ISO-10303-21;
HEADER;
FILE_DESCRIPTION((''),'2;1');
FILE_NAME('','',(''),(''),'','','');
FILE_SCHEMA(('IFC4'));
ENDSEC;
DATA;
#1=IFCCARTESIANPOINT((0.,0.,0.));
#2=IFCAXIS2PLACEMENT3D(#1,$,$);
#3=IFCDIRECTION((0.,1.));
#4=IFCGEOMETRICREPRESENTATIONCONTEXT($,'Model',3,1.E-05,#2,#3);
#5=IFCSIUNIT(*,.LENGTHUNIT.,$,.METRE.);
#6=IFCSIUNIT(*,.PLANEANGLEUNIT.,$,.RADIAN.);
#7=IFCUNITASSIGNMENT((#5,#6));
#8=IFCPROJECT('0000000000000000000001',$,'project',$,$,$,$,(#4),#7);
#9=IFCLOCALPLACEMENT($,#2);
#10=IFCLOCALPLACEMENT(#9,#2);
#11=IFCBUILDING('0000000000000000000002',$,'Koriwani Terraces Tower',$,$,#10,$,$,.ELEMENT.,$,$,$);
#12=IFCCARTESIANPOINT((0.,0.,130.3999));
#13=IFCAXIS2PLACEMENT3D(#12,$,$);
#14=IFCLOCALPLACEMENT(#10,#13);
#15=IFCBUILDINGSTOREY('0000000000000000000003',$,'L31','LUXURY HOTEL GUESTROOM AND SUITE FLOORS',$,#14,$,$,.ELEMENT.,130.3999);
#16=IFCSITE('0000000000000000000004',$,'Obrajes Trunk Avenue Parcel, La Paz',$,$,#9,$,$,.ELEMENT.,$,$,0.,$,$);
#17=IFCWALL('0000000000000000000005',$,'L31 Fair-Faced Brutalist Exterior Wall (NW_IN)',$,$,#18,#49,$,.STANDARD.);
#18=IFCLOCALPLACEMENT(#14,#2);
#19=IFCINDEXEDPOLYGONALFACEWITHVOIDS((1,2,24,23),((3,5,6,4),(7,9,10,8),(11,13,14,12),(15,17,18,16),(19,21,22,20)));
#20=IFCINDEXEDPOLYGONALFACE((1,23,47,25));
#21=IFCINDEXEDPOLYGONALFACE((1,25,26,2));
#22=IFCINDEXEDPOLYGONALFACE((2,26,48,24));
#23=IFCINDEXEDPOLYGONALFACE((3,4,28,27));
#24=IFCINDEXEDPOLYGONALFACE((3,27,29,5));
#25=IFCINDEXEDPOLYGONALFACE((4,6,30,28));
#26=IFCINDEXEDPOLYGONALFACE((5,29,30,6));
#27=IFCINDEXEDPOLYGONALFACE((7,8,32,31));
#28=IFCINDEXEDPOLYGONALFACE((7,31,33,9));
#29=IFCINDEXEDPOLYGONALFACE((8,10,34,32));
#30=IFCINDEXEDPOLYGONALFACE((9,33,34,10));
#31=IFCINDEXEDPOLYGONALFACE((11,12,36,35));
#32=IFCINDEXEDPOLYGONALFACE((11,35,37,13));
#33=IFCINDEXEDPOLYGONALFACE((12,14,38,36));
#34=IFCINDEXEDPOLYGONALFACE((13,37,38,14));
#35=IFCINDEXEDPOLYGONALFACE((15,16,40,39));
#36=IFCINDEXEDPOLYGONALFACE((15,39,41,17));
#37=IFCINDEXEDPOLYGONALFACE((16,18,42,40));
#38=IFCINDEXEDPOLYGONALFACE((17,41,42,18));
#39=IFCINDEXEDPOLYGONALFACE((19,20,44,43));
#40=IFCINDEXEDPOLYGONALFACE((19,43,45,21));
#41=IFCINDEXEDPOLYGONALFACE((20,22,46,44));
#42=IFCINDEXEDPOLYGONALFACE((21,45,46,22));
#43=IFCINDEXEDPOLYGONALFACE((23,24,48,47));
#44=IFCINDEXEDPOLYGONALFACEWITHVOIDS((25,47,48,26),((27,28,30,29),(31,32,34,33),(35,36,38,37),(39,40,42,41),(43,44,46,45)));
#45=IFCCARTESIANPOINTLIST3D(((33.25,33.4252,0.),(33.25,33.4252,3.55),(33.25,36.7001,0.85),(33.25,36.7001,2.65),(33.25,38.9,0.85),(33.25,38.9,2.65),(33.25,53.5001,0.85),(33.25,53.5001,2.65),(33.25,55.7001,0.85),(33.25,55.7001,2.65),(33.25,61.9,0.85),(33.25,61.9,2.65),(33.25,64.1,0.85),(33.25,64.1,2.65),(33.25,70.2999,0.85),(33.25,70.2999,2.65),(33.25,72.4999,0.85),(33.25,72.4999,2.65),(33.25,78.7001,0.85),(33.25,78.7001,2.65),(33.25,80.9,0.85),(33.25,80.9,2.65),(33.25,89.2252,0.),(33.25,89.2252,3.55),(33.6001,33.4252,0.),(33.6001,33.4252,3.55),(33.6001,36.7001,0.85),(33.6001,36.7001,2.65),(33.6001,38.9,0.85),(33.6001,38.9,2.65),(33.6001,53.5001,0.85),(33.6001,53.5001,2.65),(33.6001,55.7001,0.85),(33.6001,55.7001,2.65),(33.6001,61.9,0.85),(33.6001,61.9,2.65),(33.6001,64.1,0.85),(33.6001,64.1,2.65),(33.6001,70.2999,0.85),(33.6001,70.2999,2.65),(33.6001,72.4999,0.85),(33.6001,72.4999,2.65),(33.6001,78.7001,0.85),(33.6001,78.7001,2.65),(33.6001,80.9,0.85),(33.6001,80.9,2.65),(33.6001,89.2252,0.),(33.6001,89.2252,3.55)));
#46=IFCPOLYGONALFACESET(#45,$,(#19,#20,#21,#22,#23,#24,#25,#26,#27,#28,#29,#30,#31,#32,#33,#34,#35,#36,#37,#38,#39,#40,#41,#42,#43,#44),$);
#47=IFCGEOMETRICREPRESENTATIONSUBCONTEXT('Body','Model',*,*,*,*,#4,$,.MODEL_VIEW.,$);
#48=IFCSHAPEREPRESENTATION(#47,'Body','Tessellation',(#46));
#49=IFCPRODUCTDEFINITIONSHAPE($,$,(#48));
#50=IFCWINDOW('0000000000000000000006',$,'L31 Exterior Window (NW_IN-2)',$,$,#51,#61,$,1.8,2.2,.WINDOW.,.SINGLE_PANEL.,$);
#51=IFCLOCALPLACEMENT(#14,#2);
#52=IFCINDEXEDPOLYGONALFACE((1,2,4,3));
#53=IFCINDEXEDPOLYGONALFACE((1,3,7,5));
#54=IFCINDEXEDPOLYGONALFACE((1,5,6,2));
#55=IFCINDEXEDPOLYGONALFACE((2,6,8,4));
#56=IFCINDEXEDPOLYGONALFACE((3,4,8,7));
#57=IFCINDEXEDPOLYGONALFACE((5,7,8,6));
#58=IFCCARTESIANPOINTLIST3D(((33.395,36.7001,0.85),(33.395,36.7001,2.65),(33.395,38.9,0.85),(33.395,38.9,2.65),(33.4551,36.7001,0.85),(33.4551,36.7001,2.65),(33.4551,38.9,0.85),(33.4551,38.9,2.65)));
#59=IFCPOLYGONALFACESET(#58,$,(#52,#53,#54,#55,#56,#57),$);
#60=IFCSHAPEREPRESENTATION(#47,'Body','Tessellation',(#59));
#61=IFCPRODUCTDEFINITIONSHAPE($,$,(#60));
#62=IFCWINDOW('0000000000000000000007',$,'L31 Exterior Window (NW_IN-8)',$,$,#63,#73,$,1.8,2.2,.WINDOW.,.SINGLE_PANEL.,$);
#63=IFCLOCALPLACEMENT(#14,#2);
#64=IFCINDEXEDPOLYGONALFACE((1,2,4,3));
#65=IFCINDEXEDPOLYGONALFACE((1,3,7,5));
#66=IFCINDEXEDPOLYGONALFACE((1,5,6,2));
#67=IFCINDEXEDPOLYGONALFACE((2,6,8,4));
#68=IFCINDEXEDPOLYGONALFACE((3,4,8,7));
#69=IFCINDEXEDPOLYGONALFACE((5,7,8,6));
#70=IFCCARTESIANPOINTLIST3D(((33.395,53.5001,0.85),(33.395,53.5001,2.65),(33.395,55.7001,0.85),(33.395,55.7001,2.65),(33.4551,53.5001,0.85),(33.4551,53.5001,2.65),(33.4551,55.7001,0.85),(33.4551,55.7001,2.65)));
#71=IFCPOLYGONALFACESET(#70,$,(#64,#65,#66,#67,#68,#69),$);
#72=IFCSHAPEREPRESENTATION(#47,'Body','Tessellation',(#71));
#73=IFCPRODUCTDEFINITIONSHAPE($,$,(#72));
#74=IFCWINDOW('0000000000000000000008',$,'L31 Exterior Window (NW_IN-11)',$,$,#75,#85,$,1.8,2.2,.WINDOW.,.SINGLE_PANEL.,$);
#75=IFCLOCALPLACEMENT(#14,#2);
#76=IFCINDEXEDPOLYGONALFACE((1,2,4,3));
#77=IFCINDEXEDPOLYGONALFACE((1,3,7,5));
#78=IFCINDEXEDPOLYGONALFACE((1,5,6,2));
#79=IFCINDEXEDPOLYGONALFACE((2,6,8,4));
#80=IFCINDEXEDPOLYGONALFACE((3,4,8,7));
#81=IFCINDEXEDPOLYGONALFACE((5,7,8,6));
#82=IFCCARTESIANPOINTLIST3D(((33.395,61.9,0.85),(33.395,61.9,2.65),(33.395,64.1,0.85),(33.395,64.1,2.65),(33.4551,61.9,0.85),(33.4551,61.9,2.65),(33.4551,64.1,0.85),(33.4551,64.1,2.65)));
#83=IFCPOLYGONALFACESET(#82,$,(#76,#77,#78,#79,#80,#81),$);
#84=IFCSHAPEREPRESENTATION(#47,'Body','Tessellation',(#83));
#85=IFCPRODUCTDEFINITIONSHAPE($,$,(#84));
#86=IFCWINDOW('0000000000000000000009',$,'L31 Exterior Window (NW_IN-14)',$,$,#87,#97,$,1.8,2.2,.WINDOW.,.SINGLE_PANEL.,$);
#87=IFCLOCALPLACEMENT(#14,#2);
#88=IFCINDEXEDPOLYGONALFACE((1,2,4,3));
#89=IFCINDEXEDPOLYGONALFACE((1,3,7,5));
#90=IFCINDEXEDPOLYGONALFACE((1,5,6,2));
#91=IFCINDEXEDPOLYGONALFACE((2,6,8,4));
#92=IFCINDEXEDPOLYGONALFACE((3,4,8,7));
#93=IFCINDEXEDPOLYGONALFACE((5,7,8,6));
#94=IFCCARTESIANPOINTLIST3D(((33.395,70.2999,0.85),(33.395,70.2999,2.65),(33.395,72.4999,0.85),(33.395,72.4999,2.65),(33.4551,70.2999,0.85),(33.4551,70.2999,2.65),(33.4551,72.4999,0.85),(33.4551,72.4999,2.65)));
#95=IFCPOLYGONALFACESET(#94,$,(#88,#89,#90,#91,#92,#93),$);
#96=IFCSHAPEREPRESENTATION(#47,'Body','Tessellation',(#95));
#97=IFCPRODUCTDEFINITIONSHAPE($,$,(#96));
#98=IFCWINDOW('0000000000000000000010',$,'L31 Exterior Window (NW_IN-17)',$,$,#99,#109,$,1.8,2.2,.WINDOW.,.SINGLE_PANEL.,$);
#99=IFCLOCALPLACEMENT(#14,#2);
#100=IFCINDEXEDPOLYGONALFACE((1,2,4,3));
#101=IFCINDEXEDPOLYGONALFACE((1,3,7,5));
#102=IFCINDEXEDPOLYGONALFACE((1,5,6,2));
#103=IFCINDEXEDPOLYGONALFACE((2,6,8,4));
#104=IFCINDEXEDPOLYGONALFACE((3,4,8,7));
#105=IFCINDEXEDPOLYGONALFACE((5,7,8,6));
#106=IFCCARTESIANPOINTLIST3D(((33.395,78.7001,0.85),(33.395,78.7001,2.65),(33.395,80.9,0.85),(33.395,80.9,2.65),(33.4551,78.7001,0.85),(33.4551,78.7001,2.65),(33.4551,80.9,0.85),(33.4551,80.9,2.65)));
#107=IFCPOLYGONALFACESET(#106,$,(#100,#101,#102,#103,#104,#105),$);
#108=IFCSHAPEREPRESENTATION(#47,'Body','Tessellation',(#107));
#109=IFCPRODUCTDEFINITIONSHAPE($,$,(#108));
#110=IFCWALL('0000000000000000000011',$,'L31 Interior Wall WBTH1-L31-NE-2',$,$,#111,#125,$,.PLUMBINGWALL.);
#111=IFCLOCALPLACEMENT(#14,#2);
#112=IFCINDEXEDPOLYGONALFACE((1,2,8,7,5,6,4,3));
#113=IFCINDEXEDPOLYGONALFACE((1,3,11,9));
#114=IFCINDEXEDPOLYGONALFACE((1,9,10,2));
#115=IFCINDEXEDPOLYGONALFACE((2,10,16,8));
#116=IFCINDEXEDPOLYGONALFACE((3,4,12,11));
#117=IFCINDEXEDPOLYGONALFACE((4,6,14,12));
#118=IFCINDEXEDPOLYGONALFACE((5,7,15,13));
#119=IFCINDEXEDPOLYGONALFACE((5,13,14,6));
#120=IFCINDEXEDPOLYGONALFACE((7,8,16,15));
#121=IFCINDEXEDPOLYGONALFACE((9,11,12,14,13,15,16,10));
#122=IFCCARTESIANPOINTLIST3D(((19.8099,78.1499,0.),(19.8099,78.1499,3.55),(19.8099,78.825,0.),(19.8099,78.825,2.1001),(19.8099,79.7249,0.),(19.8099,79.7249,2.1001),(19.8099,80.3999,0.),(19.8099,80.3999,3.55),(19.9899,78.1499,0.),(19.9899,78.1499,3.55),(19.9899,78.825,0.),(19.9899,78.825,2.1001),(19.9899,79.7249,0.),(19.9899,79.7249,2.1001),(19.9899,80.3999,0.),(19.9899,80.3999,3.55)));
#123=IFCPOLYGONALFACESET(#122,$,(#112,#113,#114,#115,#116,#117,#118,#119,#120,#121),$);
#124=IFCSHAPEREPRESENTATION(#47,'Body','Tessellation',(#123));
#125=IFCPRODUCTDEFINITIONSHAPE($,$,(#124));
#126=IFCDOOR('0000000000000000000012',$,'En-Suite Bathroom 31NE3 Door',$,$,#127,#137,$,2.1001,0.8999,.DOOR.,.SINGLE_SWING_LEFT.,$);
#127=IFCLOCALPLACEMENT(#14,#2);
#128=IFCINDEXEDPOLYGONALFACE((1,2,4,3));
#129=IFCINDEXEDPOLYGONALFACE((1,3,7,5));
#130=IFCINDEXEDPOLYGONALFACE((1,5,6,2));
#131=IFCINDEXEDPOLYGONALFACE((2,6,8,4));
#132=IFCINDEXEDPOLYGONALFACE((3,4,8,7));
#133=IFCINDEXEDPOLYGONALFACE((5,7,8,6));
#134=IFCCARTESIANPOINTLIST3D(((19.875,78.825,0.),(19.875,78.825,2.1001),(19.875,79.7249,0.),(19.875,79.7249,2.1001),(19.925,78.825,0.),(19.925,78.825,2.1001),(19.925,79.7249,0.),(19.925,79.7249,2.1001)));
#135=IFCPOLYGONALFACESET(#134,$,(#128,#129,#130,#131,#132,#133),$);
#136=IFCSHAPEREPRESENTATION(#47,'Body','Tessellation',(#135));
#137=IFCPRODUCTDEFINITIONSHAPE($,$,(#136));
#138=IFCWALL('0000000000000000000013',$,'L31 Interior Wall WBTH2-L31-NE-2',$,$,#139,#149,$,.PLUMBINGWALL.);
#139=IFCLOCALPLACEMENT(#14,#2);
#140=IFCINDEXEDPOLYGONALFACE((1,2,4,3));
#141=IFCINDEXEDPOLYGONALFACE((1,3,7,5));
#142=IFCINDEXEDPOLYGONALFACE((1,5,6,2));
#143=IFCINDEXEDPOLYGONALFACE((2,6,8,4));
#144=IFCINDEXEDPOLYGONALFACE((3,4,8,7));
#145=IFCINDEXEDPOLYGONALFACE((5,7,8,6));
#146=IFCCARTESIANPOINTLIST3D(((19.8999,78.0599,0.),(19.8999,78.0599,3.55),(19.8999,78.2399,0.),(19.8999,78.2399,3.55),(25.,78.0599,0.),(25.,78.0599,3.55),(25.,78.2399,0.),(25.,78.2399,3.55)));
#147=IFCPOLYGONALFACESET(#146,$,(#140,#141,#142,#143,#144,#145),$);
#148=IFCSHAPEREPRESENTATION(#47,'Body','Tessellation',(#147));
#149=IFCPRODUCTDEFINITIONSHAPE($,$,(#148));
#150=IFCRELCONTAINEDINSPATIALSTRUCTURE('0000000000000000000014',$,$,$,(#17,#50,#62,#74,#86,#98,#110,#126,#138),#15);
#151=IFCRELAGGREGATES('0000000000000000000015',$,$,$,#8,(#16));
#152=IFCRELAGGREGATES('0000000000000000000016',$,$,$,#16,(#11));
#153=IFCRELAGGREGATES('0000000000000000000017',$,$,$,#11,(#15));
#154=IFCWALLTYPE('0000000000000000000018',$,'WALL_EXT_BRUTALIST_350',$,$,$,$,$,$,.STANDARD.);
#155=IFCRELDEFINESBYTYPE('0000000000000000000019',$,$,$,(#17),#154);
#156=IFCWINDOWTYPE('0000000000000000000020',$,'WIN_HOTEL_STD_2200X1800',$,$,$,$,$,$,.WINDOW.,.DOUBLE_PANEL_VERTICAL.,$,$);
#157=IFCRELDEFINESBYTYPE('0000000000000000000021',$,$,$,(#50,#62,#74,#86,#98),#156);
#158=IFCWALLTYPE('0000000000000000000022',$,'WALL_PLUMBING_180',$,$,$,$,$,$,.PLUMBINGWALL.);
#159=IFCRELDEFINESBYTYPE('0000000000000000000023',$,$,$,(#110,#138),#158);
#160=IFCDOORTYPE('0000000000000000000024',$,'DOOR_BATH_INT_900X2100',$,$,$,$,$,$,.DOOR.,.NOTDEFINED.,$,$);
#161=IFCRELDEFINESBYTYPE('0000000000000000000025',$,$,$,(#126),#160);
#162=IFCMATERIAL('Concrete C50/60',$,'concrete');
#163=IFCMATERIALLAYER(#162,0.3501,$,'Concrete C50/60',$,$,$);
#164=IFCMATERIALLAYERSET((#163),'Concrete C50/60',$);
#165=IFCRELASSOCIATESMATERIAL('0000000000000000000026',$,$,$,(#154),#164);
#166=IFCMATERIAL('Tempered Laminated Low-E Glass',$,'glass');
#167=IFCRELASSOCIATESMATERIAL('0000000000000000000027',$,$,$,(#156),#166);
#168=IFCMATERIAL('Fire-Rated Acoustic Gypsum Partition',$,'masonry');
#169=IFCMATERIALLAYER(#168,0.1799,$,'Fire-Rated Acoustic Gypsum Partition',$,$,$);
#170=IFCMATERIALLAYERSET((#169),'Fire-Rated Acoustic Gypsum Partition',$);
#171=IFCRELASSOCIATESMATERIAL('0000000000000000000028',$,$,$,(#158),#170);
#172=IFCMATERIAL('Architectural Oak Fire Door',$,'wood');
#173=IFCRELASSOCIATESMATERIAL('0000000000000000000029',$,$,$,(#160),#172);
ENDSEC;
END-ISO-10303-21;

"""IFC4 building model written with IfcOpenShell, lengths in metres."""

from ifc_helpers import new_model, si_unit, direction, frame, frame_2d, origin, place, context, subcontext, project, spatial, rectangle, extrude, material, layer, layer_set, type_object, element, fill, save


model = new_model("IFC4")

# Units and contexts
model_context = context("Model", 3, precision=1e-05, world=origin(), true_north=direction((0.0, 1.0)))
body_context = subcontext(model_context, "Body", "Model", "MODEL_VIEW")
ifc_project = project(units=[si_unit("LENGTHUNIT", "METRE"), si_unit("PLANEANGLEUNIT", "RADIAN")], contexts=[model_context])

# Site, building, storey
site_placement = place(None, origin())
site = spatial("IfcSite", under=ifc_project, at=site_placement, Name="Obrajes Trunk Avenue Parcel, La Paz", CompositionType="ELEMENT", RefElevation=0.0)
building_placement = place(site_placement, origin())
building = spatial("IfcBuilding", under=site, at=building_placement, Name="Koriwani Terraces Tower", CompositionType="ELEMENT")
storey_placement = place(building_placement, frame((0.0, 0.0, 130.3999)))
storey = spatial("IfcBuildingStorey", under=building, at=storey_placement, Name="L31", Description="LUXURY HOTEL GUESTROOM AND SUITE FLOORS", CompositionType="ELEMENT", Elevation=130.3999)

# Shared definitions
ifc_material_1 = material(Name="Concrete C50/60", Category="concrete")

# Shared definitions
ifc_layer_1 = layer(ifc_material_1, 0.3501, Name="Concrete C50/60")
ifc_layer_set_1 = layer_set([ifc_layer_1], Name="Concrete C50/60")
wall_type_1 = type_object("IfcWallType", Name="WALL_EXT_BRUTALIST_350", PredefinedType="STANDARD", material=ifc_layer_set_1)

# Wall, openings, windows
wall_1_placement = place(storey_placement, frame((33.425, 89.2251, 0.0), z_axis=(0.0, 0.0, 1.0), x_axis=(0.0, -1.0, 0.0)))
wall_1 = element("IfcWall", 1, at=wall_1_placement, inside=storey, type_object=wall_type_1, Name="L31 Fair-Faced Brutalist Exterior Wall (NW_IN)", PredefinedType="STANDARD", context=body_context, shape_type="SweptSolid", body=[
    extrude(rectangle(XDim=55.8, YDim=0.3501, at=frame_2d((27.8999, 0.0))), origin(), (0.0, 0.0, 1.0), 3.55),
])
opening_1_placement = place(wall_1_placement, frame((50.325, 0.0, 0.8501)))
opening_1 = element("IfcOpeningElement", 2, at=opening_1_placement, cuts=wall_1, PredefinedType="OPENING", context=body_context, shape_type="SweptSolid", body=[
    extrude(rectangle(XDim=2.2, YDim=1.8, at=frame_2d((1.1001, 0.8999))), frame((0.0, 0.1851, 0.0), z_axis=(0.0, -1.0, 0.0), x_axis=(1.0, 0.0, 0.0)), (0.0, 0.0, 1.0), 0.3701),
])
opening_2_placement = place(wall_1_placement, frame((33.5249, 0.0, 0.8501)))
opening_2 = element("IfcOpeningElement", 3, at=opening_2_placement, cuts=wall_1, PredefinedType="OPENING", context=body_context, shape_type="SweptSolid", body=[
    extrude(rectangle(XDim=2.2, YDim=1.8, at=frame_2d((1.1001, 0.8999))), frame((0.0, 0.1851, 0.0), z_axis=(0.0, -1.0, 0.0), x_axis=(1.0, 0.0, 0.0)), (0.0, 0.0, 1.0), 0.3701),
])
opening_3_placement = place(wall_1_placement, frame((25.125, 0.0, 0.8501)))
opening_3 = element("IfcOpeningElement", 4, at=opening_3_placement, cuts=wall_1, PredefinedType="OPENING", context=body_context, shape_type="SweptSolid", body=[
    extrude(rectangle(XDim=2.2, YDim=1.8, at=frame_2d((1.1001, 0.8999))), frame((0.0, 0.1851, 0.0), z_axis=(0.0, -1.0, 0.0), x_axis=(1.0, 0.0, 0.0)), (0.0, 0.0, 1.0), 0.3701),
])
opening_4_placement = place(wall_1_placement, frame((16.7251, 0.0, 0.8501)))
opening_4 = element("IfcOpeningElement", 5, at=opening_4_placement, cuts=wall_1, PredefinedType="OPENING", context=body_context, shape_type="SweptSolid", body=[
    extrude(rectangle(XDim=2.2, YDim=1.8, at=frame_2d((1.1001, 0.8999))), frame((0.0, 0.1851, 0.0), z_axis=(0.0, -1.0, 0.0), x_axis=(1.0, 0.0, 0.0)), (0.0, 0.0, 1.0), 0.3701),
])
opening_5_placement = place(wall_1_placement, frame((8.325, 0.0, 0.8501)))
opening_5 = element("IfcOpeningElement", 6, at=opening_5_placement, cuts=wall_1, PredefinedType="OPENING", context=body_context, shape_type="SweptSolid", body=[
    extrude(rectangle(XDim=2.2, YDim=1.8, at=frame_2d((1.1001, 0.8999))), frame((0.0, 0.1851, 0.0), z_axis=(0.0, -1.0, 0.0), x_axis=(1.0, 0.0, 0.0)), (0.0, 0.0, 1.0), 0.3701),
])
ifc_material_2 = material(Name="Tempered Laminated Low-E Glass", Category="glass")
window_type = type_object("IfcWindowType", Name="WIN_HOTEL_STD_2200X1800", PartitioningType="DOUBLE_PANEL_VERTICAL", PredefinedType="WINDOW", material=ifc_material_2)
window_1_placement = place(opening_1_placement, origin())
window_1 = element("IfcWindow", 7, at=window_1_placement, inside=storey, type_object=window_type, Name="L31 Exterior Window (NW_IN-2)", OverallHeight=1.8, OverallWidth=2.2, PartitioningType="SINGLE_PANEL", PredefinedType="WINDOW", context=body_context, shape_type="SweptSolid", body=[
    extrude(rectangle(XDim=2.2, YDim=1.8, at=frame_2d((1.1001, 0.8999))), frame((0.0, 0.03, 0.0), z_axis=(0.0, -1.0, 0.0), x_axis=(1.0, 0.0, 0.0)), (0.0, 0.0, 1.0), 0.0601),
])
fill(opening_1, window_1)
window_2_placement = place(opening_2_placement, origin())
window_2 = element("IfcWindow", 8, at=window_2_placement, inside=storey, type_object=window_type, Name="L31 Exterior Window (NW_IN-8)", OverallHeight=1.8, OverallWidth=2.2, PartitioningType="SINGLE_PANEL", PredefinedType="WINDOW", context=body_context, shape_type="SweptSolid", body=[
    extrude(rectangle(XDim=2.2, YDim=1.8, at=frame_2d((1.1001, 0.8999))), frame((0.0, 0.03, 0.0), z_axis=(0.0, -1.0, 0.0), x_axis=(1.0, 0.0, 0.0)), (0.0, 0.0, 1.0), 0.0601),
])
fill(opening_2, window_2)
window_3_placement = place(opening_3_placement, origin())
window_3 = element("IfcWindow", 9, at=window_3_placement, inside=storey, type_object=window_type, Name="L31 Exterior Window (NW_IN-11)", OverallHeight=1.8, OverallWidth=2.2, PartitioningType="SINGLE_PANEL", PredefinedType="WINDOW", context=body_context, shape_type="SweptSolid", body=[
    extrude(rectangle(XDim=2.2, YDim=1.8, at=frame_2d((1.1001, 0.8999))), frame((0.0, 0.03, 0.0), z_axis=(0.0, -1.0, 0.0), x_axis=(1.0, 0.0, 0.0)), (0.0, 0.0, 1.0), 0.0601),
])
fill(opening_3, window_3)
window_4_placement = place(opening_4_placement, origin())
window_4 = element("IfcWindow", 10, at=window_4_placement, inside=storey, type_object=window_type, Name="L31 Exterior Window (NW_IN-14)", OverallHeight=1.8, OverallWidth=2.2, PartitioningType="SINGLE_PANEL", PredefinedType="WINDOW", context=body_context, shape_type="SweptSolid", body=[
    extrude(rectangle(XDim=2.2, YDim=1.8, at=frame_2d((1.1001, 0.8999))), frame((0.0, 0.03, 0.0), z_axis=(0.0, -1.0, 0.0), x_axis=(1.0, 0.0, 0.0)), (0.0, 0.0, 1.0), 0.0601),
])
fill(opening_4, window_4)
window_5_placement = place(opening_5_placement, origin())
window_5 = element("IfcWindow", 11, at=window_5_placement, inside=storey, type_object=window_type, Name="L31 Exterior Window (NW_IN-17)", OverallHeight=1.8, OverallWidth=2.2, PartitioningType="SINGLE_PANEL", PredefinedType="WINDOW", context=body_context, shape_type="SweptSolid", body=[
    extrude(rectangle(XDim=2.2, YDim=1.8, at=frame_2d((1.1001, 0.8999))), frame((0.0, 0.03, 0.0), z_axis=(0.0, -1.0, 0.0), x_axis=(1.0, 0.0, 0.0)), (0.0, 0.0, 1.0), 0.0601),
])
fill(opening_5, window_5)

# Wall, opening, door
ifc_material_3 = material(Name="Fire-Rated Acoustic Gypsum Partition", Category="masonry")
ifc_layer_2 = layer(ifc_material_3, 0.1799, Name="Fire-Rated Acoustic Gypsum Partition")
ifc_layer_set_2 = layer_set([ifc_layer_2], Name="Fire-Rated Acoustic Gypsum Partition")
wall_type_2 = type_object("IfcWallType", Name="WALL_PLUMBING_180", PredefinedType="PLUMBINGWALL", material=ifc_layer_set_2)
wall_2_placement = place(storey_placement, frame((19.8999, 78.1499, 0.0), z_axis=(0.0, 0.0, 1.0), x_axis=(0.0, 1.0, 0.0)))
wall_2 = element("IfcWall", 12, at=wall_2_placement, inside=storey, type_object=wall_type_2, Name="L31 Interior Wall WBTH1-L31-NE-2", PredefinedType="PLUMBINGWALL", context=body_context, shape_type="SweptSolid", body=[
    extrude(rectangle(XDim=2.25, YDim=0.1799, at=frame_2d((1.125, 0.0))), origin(), (0.0, 0.0, 1.0), 3.55),
])
opening_6_placement = place(wall_2_placement, frame((0.675, 0.0, 0.0)))
opening_6 = element("IfcOpeningElement", 13, at=opening_6_placement, cuts=wall_2, PredefinedType="OPENING", context=body_context, shape_type="SweptSolid", body=[
    extrude(rectangle(XDim=0.8999, YDim=2.1001, at=frame_2d((0.45, 1.05))), frame((0.0, 0.1001, 0.0), z_axis=(0.0, -1.0, 0.0), x_axis=(1.0, 0.0, 0.0)), (0.0, 0.0, 1.0), 0.2),
])
ifc_material_4 = material(Name="Architectural Oak Fire Door", Category="wood")
door_type = type_object("IfcDoorType", Name="DOOR_BATH_INT_900X2100", OperationType="NOTDEFINED", PredefinedType="DOOR", material=ifc_material_4)
door_1_placement = place(opening_6_placement, origin())
door_1 = element("IfcDoor", 14, at=door_1_placement, inside=storey, type_object=door_type, Name="En-Suite Bathroom 31NE3 Door", OperationType="SINGLE_SWING_LEFT", OverallHeight=2.1001, OverallWidth=0.8999, PredefinedType="DOOR", context=body_context, shape_type="SweptSolid", body=[
    extrude(rectangle(XDim=0.8999, YDim=2.1001, at=frame_2d((0.45, 1.05))), frame((0.0, 0.0249, 0.0), z_axis=(0.0, -1.0, 0.0), x_axis=(1.0, 0.0, 0.0)), (0.0, 0.0, 1.0), 0.05),
])
fill(opening_6, door_1)

# Wall
wall_3_placement = place(storey_placement, frame((19.8999, 78.1499, 0.0), z_axis=(0.0, 0.0, 1.0), x_axis=(1.0, 0.0, 0.0)))
element("IfcWall", 15, at=wall_3_placement, inside=storey, type_object=wall_type_2, Name="L31 Interior Wall WBTH2-L31-NE-2", PredefinedType="PLUMBINGWALL", context=body_context, shape_type="SweptSolid", body=[
    extrude(rectangle(XDim=5.1001, YDim=0.1799, at=frame_2d((2.55, 0.0))), origin(), (0.0, 0.0, 1.0), 3.55),
])

save(model, "model.ifc")
